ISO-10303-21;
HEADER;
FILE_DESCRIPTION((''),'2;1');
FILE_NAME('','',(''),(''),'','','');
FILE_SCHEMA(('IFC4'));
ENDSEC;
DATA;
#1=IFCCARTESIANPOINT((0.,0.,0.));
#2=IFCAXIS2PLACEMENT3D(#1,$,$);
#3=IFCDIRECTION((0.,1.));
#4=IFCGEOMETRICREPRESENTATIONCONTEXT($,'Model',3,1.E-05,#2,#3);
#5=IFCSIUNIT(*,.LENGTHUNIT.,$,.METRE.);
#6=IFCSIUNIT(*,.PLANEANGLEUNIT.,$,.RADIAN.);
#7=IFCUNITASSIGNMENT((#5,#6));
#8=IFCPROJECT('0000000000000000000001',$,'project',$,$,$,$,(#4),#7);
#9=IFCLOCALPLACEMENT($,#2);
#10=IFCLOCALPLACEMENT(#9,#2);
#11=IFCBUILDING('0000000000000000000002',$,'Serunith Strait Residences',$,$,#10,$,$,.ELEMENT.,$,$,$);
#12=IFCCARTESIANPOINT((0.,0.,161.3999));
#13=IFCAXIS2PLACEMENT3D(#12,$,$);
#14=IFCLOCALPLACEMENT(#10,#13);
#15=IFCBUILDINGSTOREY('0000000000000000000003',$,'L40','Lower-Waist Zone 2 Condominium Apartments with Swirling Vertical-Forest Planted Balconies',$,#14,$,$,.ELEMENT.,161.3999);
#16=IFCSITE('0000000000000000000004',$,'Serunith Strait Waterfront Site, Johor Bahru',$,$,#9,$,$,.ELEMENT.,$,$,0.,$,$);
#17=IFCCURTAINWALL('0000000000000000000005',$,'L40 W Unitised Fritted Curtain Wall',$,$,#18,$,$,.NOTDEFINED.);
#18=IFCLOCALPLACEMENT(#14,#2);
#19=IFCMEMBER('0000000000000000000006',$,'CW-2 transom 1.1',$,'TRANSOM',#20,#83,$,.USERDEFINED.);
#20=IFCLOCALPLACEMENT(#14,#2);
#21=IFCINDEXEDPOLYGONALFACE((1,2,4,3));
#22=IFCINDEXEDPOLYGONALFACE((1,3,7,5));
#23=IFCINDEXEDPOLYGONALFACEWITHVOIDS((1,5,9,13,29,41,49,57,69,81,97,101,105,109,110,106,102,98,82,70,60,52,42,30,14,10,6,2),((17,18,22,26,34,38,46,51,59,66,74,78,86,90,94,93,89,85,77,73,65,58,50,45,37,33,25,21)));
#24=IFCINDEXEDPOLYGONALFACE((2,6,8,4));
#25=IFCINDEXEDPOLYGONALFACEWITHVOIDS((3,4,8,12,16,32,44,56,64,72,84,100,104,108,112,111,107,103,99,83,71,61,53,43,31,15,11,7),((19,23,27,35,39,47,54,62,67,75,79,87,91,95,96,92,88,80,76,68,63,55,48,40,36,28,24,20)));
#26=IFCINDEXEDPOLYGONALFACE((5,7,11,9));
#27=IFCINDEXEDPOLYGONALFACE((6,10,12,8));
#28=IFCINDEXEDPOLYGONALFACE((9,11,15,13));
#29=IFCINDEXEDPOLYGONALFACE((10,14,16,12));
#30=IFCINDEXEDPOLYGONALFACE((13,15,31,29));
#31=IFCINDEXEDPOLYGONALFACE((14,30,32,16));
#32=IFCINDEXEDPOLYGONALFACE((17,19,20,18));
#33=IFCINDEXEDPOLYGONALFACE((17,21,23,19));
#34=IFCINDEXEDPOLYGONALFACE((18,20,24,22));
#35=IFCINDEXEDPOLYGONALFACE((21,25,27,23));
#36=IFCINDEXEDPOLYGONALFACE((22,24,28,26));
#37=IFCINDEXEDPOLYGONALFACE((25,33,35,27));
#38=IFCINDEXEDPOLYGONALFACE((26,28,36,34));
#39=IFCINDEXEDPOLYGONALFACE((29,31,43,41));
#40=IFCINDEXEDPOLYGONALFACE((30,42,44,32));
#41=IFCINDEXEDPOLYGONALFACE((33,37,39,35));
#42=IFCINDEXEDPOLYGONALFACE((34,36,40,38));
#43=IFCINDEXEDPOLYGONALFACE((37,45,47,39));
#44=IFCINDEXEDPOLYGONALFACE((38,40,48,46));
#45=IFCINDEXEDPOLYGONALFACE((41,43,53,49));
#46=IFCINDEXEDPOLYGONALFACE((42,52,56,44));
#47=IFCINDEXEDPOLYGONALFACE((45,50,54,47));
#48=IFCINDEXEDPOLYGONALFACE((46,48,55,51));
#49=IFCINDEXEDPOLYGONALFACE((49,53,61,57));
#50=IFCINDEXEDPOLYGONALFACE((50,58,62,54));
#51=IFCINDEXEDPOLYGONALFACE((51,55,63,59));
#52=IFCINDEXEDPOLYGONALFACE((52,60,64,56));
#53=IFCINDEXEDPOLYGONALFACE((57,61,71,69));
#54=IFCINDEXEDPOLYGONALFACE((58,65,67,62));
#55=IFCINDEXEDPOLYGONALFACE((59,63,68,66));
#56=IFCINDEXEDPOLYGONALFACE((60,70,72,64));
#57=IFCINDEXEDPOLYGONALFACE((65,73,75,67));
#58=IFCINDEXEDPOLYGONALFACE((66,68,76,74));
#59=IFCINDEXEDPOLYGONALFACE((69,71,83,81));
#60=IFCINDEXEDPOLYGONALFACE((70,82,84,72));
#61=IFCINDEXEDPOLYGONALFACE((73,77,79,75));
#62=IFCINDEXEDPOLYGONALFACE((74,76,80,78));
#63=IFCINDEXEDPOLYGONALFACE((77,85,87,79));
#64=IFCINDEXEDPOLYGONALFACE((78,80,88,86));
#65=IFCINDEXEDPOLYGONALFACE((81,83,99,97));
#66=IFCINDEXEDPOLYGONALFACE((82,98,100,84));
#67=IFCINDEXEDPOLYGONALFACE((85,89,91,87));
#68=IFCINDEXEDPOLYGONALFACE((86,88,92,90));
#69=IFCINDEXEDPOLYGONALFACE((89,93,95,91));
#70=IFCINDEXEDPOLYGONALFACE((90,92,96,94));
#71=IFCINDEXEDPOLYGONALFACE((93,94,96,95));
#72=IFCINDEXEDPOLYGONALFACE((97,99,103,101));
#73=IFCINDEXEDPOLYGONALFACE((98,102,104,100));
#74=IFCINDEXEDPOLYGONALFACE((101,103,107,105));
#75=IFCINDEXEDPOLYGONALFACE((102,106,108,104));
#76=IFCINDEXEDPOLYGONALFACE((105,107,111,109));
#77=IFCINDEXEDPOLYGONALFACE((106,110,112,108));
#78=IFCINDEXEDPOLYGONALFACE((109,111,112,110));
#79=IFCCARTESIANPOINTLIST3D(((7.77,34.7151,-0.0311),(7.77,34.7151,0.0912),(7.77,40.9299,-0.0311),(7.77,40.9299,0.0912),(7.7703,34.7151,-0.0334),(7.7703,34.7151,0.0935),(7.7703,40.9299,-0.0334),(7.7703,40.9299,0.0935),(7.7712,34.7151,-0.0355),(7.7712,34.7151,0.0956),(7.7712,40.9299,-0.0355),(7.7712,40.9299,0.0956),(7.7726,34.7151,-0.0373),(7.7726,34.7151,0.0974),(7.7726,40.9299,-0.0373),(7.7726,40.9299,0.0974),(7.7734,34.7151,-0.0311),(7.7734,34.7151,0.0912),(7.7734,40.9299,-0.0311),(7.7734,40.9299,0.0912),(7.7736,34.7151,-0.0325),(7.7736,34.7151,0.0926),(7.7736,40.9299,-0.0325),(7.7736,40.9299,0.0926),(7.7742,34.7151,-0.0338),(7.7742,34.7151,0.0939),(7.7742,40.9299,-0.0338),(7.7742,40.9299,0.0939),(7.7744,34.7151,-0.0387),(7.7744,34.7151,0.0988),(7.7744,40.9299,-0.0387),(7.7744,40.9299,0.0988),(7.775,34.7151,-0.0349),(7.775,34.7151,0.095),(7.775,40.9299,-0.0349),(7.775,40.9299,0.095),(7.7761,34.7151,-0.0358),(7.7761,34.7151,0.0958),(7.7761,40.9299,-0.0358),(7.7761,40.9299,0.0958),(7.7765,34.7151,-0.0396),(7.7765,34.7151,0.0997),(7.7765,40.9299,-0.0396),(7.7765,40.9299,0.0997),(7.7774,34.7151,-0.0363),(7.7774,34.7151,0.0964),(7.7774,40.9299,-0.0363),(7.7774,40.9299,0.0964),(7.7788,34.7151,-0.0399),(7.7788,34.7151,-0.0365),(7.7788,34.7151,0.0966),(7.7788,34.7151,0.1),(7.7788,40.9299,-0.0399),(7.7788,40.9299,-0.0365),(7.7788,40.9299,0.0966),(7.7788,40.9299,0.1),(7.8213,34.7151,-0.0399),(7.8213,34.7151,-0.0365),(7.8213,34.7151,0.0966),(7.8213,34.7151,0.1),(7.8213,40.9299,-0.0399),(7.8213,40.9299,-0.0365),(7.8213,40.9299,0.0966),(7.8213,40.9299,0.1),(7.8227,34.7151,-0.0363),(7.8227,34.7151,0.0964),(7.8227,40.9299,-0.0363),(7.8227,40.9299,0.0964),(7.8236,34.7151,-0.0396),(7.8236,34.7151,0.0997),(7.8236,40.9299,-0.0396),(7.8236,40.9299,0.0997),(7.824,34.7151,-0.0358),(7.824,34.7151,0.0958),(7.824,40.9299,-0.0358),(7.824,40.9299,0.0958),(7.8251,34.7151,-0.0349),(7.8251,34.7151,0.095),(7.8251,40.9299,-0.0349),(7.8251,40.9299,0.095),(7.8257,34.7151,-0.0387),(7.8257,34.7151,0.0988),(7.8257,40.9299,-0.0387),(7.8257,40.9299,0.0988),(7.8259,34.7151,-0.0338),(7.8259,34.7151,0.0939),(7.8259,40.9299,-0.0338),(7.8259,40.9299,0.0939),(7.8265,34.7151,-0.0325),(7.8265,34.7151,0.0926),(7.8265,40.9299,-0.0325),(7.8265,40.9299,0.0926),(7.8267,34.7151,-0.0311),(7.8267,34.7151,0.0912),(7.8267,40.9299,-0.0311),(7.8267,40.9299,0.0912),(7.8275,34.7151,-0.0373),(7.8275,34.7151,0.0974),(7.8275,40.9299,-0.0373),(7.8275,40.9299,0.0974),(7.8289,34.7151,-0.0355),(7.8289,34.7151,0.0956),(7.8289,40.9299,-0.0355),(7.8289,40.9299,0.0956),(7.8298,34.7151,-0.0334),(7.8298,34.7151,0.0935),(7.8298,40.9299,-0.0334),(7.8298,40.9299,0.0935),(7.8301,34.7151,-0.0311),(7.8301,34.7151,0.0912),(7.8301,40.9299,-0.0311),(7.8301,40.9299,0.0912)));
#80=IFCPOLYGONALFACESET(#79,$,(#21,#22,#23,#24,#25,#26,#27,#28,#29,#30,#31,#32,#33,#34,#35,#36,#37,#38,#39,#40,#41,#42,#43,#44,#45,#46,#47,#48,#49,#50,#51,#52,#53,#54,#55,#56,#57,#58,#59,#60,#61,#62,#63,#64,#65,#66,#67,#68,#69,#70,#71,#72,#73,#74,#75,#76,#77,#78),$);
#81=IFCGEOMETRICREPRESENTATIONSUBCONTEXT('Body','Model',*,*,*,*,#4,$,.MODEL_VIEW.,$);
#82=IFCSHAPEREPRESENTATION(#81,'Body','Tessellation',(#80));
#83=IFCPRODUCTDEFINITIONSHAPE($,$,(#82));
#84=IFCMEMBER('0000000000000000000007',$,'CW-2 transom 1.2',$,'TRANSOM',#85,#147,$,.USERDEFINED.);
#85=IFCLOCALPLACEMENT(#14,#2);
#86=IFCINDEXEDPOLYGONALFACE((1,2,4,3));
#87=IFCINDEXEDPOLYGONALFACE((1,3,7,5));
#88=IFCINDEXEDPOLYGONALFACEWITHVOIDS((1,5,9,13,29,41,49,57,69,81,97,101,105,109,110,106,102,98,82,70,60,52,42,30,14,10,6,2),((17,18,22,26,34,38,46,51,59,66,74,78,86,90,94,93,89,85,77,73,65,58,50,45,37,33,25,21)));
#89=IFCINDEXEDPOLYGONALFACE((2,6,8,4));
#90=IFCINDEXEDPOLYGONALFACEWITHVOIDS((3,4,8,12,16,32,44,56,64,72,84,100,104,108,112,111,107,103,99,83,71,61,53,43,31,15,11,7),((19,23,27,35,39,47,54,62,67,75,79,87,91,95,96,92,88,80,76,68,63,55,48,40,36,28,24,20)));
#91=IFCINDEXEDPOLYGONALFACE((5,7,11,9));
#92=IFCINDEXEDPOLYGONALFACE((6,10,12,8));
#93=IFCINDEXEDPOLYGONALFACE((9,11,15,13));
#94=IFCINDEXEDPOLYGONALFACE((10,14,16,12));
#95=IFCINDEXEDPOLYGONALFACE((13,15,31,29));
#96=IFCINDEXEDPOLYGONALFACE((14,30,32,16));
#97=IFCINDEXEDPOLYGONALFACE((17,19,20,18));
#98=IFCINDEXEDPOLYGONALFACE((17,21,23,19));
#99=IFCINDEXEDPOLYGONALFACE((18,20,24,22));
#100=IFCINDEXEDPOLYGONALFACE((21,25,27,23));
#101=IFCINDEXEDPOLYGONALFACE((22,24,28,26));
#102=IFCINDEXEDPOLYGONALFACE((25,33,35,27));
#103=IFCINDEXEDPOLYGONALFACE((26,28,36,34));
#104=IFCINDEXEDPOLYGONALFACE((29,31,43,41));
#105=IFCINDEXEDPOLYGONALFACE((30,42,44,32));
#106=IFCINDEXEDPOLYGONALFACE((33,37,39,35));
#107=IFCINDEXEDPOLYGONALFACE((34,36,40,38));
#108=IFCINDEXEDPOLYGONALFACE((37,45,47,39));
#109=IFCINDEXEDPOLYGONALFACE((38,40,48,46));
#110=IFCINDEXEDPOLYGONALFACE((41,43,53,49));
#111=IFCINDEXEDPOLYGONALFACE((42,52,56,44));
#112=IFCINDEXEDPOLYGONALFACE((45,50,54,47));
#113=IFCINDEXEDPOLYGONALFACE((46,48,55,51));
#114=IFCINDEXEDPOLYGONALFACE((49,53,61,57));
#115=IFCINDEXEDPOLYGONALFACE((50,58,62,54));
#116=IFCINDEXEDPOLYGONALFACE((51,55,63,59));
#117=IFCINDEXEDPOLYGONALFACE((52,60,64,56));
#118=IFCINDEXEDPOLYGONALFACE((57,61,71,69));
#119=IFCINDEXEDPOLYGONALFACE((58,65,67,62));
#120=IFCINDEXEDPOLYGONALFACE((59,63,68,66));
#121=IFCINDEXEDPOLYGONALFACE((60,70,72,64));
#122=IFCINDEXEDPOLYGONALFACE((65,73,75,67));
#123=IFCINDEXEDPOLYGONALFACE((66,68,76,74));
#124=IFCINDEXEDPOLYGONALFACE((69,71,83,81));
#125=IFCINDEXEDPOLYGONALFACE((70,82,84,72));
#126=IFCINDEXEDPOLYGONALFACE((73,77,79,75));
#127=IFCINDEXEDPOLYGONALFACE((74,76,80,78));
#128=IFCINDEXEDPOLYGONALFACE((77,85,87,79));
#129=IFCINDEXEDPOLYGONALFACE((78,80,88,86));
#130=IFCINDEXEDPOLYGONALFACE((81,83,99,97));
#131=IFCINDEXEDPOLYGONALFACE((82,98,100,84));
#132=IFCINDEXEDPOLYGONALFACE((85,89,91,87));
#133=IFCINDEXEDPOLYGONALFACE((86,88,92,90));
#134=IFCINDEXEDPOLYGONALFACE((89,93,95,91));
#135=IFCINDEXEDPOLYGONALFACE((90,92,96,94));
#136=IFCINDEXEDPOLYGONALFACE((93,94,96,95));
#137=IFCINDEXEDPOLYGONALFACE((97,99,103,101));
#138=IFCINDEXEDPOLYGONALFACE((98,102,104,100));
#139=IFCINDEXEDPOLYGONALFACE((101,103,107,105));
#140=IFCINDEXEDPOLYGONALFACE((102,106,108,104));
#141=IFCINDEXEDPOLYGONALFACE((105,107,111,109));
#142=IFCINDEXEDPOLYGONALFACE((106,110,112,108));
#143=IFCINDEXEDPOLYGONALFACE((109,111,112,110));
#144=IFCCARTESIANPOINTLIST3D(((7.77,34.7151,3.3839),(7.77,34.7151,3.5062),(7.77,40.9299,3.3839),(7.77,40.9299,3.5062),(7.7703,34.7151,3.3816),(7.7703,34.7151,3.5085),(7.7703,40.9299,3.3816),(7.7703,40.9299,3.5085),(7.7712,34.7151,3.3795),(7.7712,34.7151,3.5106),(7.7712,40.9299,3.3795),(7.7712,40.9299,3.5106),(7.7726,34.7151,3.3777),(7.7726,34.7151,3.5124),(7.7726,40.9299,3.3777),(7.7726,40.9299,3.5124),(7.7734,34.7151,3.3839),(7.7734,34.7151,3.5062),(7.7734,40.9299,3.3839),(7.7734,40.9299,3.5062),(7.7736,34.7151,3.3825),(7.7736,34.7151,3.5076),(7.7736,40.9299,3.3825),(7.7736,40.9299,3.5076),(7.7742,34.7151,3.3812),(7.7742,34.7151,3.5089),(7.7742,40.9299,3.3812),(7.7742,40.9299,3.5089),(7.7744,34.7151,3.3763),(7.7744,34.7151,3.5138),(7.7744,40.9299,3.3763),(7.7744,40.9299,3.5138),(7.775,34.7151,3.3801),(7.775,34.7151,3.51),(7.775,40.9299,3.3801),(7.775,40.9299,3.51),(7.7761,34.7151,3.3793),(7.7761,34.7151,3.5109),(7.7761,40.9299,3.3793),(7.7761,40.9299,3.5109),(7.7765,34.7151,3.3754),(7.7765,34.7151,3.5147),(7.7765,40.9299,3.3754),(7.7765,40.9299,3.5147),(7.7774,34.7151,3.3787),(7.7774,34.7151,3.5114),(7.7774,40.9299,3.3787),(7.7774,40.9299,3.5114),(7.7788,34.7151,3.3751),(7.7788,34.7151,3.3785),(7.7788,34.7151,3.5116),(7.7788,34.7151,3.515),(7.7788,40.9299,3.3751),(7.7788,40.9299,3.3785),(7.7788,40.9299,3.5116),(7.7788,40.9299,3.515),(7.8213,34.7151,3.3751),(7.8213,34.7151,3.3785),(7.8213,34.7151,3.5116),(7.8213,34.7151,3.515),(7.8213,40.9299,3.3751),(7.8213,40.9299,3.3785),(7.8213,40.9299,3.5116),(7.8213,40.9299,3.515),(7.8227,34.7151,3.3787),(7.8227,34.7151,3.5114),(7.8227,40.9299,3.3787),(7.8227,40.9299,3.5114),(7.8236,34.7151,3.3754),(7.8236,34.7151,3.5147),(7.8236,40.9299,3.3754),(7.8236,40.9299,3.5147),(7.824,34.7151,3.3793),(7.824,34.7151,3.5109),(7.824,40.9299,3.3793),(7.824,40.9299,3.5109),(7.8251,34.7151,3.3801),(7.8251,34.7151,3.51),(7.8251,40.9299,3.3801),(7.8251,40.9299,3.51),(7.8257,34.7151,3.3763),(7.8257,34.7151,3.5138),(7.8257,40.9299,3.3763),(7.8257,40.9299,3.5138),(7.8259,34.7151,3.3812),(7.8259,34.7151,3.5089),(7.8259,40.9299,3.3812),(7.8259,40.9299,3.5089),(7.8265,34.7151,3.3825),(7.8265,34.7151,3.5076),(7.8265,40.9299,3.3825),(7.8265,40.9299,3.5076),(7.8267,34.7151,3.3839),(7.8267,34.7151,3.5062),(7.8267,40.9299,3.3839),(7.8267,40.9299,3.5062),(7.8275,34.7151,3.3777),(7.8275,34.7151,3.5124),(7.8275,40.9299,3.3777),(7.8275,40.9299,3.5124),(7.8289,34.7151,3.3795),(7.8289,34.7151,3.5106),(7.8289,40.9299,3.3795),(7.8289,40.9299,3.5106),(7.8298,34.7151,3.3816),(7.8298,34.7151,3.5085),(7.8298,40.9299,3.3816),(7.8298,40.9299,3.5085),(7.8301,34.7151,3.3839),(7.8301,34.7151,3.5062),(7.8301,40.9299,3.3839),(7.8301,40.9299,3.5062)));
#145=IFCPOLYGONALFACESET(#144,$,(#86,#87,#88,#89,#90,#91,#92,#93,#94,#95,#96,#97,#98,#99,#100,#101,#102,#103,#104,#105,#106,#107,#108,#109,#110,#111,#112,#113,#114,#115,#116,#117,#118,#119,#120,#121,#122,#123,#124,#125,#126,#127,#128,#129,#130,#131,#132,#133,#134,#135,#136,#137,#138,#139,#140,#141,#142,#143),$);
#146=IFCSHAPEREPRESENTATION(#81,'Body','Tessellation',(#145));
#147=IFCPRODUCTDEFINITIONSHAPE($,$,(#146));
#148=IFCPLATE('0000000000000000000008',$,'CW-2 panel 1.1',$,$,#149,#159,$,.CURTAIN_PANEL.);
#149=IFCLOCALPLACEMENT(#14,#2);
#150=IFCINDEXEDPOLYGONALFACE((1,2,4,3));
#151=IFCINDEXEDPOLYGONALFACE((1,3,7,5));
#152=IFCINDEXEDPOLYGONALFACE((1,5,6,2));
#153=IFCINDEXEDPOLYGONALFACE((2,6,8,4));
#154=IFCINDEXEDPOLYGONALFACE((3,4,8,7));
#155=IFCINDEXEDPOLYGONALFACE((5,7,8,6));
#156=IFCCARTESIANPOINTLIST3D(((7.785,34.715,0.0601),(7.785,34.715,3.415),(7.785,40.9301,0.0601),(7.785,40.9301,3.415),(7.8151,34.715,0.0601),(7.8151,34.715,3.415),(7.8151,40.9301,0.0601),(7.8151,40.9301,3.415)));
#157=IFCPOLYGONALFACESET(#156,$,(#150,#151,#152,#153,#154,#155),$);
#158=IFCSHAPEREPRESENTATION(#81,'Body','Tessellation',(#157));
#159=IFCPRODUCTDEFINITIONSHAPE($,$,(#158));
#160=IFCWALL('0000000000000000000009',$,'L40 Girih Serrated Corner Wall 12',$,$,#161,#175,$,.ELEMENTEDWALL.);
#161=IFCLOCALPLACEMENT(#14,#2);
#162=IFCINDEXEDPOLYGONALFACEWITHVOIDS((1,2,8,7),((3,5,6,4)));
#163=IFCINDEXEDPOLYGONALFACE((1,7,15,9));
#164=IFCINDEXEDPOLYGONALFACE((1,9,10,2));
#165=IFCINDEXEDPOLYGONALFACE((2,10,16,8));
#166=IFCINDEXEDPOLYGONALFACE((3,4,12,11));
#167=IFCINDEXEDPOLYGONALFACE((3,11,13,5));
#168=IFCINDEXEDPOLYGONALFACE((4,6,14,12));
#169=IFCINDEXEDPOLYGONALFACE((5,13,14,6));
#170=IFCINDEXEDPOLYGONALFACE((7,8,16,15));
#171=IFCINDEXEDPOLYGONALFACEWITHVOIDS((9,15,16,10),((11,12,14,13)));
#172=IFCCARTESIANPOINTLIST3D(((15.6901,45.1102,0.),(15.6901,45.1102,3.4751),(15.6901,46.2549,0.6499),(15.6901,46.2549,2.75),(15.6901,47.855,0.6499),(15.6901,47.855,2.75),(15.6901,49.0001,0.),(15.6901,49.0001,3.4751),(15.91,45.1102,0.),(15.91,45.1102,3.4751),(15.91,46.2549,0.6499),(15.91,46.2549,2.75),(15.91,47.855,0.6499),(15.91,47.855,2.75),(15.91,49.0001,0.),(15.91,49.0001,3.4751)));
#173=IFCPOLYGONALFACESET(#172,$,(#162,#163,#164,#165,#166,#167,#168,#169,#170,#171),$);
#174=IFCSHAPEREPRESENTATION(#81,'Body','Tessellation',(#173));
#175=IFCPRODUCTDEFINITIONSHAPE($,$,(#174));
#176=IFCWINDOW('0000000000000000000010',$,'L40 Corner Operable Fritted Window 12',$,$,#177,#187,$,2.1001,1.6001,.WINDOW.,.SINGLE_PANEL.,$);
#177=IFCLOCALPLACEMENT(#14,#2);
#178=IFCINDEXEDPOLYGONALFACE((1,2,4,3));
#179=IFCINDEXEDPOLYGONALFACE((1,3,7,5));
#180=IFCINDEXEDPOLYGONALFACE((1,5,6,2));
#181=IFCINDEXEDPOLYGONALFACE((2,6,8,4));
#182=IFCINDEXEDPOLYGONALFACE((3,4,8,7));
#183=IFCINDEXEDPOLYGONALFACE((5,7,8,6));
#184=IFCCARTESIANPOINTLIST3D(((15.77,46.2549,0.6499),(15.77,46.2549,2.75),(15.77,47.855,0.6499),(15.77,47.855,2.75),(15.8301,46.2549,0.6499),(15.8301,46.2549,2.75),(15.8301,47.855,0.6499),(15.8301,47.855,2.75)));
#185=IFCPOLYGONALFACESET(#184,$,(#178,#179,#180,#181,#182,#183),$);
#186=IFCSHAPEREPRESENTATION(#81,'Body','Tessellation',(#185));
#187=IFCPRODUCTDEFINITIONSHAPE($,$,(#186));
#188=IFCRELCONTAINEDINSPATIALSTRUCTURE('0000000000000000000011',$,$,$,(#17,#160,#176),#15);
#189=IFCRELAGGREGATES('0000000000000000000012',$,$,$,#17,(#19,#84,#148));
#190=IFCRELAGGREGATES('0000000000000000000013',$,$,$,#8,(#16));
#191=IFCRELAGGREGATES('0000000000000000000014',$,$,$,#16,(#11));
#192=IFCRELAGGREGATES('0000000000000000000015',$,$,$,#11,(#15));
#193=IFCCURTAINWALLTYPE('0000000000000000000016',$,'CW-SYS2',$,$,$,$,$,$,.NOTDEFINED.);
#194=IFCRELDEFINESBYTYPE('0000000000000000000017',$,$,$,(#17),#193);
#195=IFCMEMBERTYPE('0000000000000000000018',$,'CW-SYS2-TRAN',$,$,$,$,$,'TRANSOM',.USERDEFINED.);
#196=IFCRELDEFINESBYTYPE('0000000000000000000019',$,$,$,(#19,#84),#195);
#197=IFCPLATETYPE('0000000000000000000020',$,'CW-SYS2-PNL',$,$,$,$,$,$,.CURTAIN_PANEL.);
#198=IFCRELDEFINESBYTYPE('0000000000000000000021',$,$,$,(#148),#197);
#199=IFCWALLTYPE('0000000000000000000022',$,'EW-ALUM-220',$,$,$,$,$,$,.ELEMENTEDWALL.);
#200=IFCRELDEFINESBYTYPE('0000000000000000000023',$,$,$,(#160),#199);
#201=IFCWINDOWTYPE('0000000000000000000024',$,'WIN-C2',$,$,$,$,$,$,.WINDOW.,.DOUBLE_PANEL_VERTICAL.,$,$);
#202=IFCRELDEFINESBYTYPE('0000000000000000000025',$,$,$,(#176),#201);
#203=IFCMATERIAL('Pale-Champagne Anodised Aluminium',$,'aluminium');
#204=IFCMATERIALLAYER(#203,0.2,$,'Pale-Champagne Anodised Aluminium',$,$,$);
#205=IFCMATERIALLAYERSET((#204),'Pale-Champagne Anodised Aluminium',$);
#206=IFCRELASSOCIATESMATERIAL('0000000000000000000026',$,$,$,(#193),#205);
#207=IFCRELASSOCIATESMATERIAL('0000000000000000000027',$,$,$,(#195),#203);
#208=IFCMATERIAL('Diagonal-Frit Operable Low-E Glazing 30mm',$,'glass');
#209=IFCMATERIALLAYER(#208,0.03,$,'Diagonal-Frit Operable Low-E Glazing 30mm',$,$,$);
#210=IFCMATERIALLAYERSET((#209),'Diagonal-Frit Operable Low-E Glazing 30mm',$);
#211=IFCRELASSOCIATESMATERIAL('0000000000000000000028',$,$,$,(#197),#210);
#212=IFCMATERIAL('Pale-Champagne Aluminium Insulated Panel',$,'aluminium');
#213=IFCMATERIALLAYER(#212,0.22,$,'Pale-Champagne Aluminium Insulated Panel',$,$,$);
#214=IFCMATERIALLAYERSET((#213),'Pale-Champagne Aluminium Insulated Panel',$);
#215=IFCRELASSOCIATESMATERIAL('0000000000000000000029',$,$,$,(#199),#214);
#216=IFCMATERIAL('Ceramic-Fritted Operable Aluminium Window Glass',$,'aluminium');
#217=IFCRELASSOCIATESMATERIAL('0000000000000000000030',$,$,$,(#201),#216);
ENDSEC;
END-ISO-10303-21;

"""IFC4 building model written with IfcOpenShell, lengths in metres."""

from ifc_helpers import new_model, si_unit, direction, frame, frame_2d, origin, origin_2d, place, context, subcontext, project, spatial, rectangle, hollow_rectangle, extrude, source, transform, mapped, material, layer, layer_set, material_profile, profile_set, type_object, element, fill, aggregate, save


model = new_model("IFC4")

# Units and contexts
model_context = context("Model", 3, precision=1e-05, world=origin(), true_north=direction((0.0, 1.0)))
body_context = subcontext(model_context, "Body", "Model", "MODEL_VIEW")
ifc_project = project(units=[si_unit("LENGTHUNIT", "METRE"), si_unit("PLANEANGLEUNIT", "RADIAN")], contexts=[model_context])

# Site, building, storey
site_placement = place(None, origin())
site = spatial("IfcSite", under=ifc_project, at=site_placement, Name="Serunith Strait Waterfront Site, Johor Bahru", CompositionType="ELEMENT", RefElevation=0.0)
building_placement = place(site_placement, origin())
building = spatial("IfcBuilding", under=site, at=building_placement, Name="Serunith Strait Residences", CompositionType="ELEMENT")
storey_placement = place(building_placement, frame((0.0, 0.0, 161.3999)))
storey = spatial("IfcBuildingStorey", under=building, at=storey_placement, Name="L40", Description="Lower-Waist Zone 2 Condominium Apartments with Swirling Vertical-Forest Planted Balconies", CompositionType="ELEMENT", Elevation=161.3999)

# Shared definitions
ifc_material_1 = material(Name="Pale-Champagne Anodised Aluminium", Category="aluminium")
ifc_layer_1 = layer(ifc_material_1, 0.2, Name="Pale-Champagne Anodised Aluminium")
ifc_layer_set_1 = layer_set([ifc_layer_1], Name="Pale-Champagne Anodised Aluminium")
curtain_wall_type = type_object("IfcCurtainWallType", Name="CW-SYS2", PredefinedType="NOTDEFINED", material=ifc_layer_set_1)

# Curtain wall, members, plate
curtain_wall_1_placement = place(storey_placement, origin())
curtain_wall_1 = element("IfcCurtainWall", 1, at=curtain_wall_1_placement, inside=storey, type_object=curtain_wall_type, Name="L40 W Unitised Fritted Curtain Wall", PredefinedType="NOTDEFINED")
ifc_material_profile_1 = material_profile(ifc_material_1, hollow_rectangle(XDim=0.0601, YDim=0.1399, WallThickness=0.0034, InnerFilletRadius=0.0054, OuterFilletRadius=0.0088, at=origin_2d()), Name="ALU 140x60x3.5")
ifc_profile_set_1 = profile_set([ifc_material_profile_1], Name="Pale-Champagne Anodised Aluminium")
member_type_1 = type_object("IfcMemberType", Name="CW-SYS2-TRAN", ElementType="TRANSOM", PredefinedType="USERDEFINED", material=ifc_profile_set_1)
shared_shape_1 = source(origin(), body_context, "Body", "SweptSolid", [
    extrude(hollow_rectangle(XDim=0.0601, YDim=0.1399, WallThickness=0.0034, InnerFilletRadius=0.0054, OuterFilletRadius=0.0088, at=origin_2d()), origin(), (0.0, 0.0, 1.0), 6.2148),
])
member_1_placement = place(storey_placement, frame((7.8, 40.9299, 0.03), z_axis=(0.0, -1.0, 0.0), x_axis=(1.0, 0.0, 0.0)))
member_1 = element("IfcMember", 2, at=member_1_placement, type_object=member_type_1, Name="CW-2 transom 1.1", ObjectType="TRANSOM", PredefinedType="USERDEFINED", context=body_context, shape_type="MappedRepresentation", body=[
    mapped(shared_shape_1, transform((0.0, 0.0, 0.0), scale=1.0)),
])
member_2_placement = place(storey_placement, frame((7.8, 40.9299, 3.4451), z_axis=(0.0, -1.0, 0.0), x_axis=(1.0, 0.0, 0.0)))
member_2 = element("IfcMember", 3, at=member_2_placement, type_object=member_type_1, Name="CW-2 transom 1.2", ObjectType="TRANSOM", PredefinedType="USERDEFINED", context=body_context, shape_type="MappedRepresentation", body=[
    mapped(shared_shape_1, transform((0.0, 0.0, 0.0), scale=1.0)),
])
ifc_material_2 = material(Name="Diagonal-Frit Operable Low-E Glazing 30mm", Category="glass")
ifc_layer_2 = layer(ifc_material_2, 0.03, Name="Diagonal-Frit Operable Low-E Glazing 30mm")
ifc_layer_set_2 = layer_set([ifc_layer_2], Name="Diagonal-Frit Operable Low-E Glazing 30mm")
plate_type = type_object("IfcPlateType", Name="CW-SYS2-PNL", PredefinedType="CURTAIN_PANEL", material=ifc_layer_set_2)
shared_shape_2 = source(origin(), body_context, "Body", "SweptSolid", [
    extrude(rectangle(XDim=6.2151, YDim=0.03, at=origin_2d()), origin(), (0.0, 0.0, 1.0), 3.355),
])
plate_placement = place(storey_placement, frame((7.8, 37.8225, 0.0601), z_axis=(0.0, 0.0, 1.0), x_axis=(0.0, -1.0, 0.0)))
plate = element("IfcPlate", 4, at=plate_placement, type_object=plate_type, Name="CW-2 panel 1.1", PredefinedType="CURTAIN_PANEL", context=body_context, shape_type="MappedRepresentation", body=[
    mapped(shared_shape_2, transform((0.0, 0.0, 0.0), scale=1.0)),
])
aggregate(curtain_wall_1, [member_1, member_2, plate])

# Wall, opening, window
ifc_material_3 = material(Name="Pale-Champagne Aluminium Insulated Panel", Category="aluminium")
ifc_layer_3 = layer(ifc_material_3, 0.22, Name="Pale-Champagne Aluminium Insulated Panel")
ifc_layer_set_3 = layer_set([ifc_layer_3], Name="Pale-Champagne Aluminium Insulated Panel")
wall_type_1 = type_object("IfcWallType", Name="EW-ALUM-220", PredefinedType="ELEMENTEDWALL", material=ifc_layer_set_3)
wall_1_placement = place(storey_placement, frame((15.8, 49.0, 0.0), z_axis=(0.0, 0.0, 1.0), x_axis=(0.0, -1.0, 0.0)))
wall_1 = element("IfcWall", 5, at=wall_1_placement, inside=storey, type_object=wall_type_1, Name="L40 Girih Serrated Corner Wall 12", PredefinedType="ELEMENTEDWALL", context=body_context, shape_type="SweptSolid", body=[
    extrude(rectangle(XDim=3.8899, YDim=0.22, at=frame_2d((1.9448, 0.0))), origin(), (0.0, 0.0, 1.0), 3.4751),
])
opening_1_placement = place(wall_1_placement, frame((1.145, 0.0, 0.6499)))
opening_1 = element("IfcOpeningElement", 6, at=opening_1_placement, cuts=wall_1, PredefinedType="OPENING", context=body_context, shape_type="SweptSolid", body=[
    extrude(rectangle(XDim=1.6001, YDim=2.1001, at=frame_2d((0.8, 1.05))), frame((0.0, 0.1201, 0.0), z_axis=(0.0, -1.0, 0.0), x_axis=(1.0, 0.0, 0.0)), (0.0, 0.0, 1.0), 0.24),
])
ifc_material_4 = material(Name="Ceramic-Fritted Operable Aluminium Window Glass", Category="aluminium")
window_type = type_object("IfcWindowType", Name="WIN-C2", PartitioningType="DOUBLE_PANEL_VERTICAL", PredefinedType="WINDOW", material=ifc_material_4)
shared_shape_3 = source(origin(), body_context, "Body", "SweptSolid", [
    extrude(rectangle(XDim=1.6001, YDim=2.1001, at=frame_2d((0.8, 1.05))), frame((0.0, 0.03, 0.0), z_axis=(0.0, -1.0, 0.0), x_axis=(1.0, 0.0, 0.0)), (0.0, 0.0, 1.0), 0.0601),
])
window_1_placement = place(opening_1_placement, origin())
window_1 = element("IfcWindow", 7, at=window_1_placement, inside=storey, type_object=window_type, Name="L40 Corner Operable Fritted Window 12", OverallHeight=2.1001, OverallWidth=1.6001, PartitioningType="SINGLE_PANEL", PredefinedType="WINDOW", context=body_context, shape_type="MappedRepresentation", body=[
    mapped(shared_shape_3, transform((0.0, 0.0, 0.0), scale=1.0)),
])
fill(opening_1, window_1)

save(model, "model.ifc")
